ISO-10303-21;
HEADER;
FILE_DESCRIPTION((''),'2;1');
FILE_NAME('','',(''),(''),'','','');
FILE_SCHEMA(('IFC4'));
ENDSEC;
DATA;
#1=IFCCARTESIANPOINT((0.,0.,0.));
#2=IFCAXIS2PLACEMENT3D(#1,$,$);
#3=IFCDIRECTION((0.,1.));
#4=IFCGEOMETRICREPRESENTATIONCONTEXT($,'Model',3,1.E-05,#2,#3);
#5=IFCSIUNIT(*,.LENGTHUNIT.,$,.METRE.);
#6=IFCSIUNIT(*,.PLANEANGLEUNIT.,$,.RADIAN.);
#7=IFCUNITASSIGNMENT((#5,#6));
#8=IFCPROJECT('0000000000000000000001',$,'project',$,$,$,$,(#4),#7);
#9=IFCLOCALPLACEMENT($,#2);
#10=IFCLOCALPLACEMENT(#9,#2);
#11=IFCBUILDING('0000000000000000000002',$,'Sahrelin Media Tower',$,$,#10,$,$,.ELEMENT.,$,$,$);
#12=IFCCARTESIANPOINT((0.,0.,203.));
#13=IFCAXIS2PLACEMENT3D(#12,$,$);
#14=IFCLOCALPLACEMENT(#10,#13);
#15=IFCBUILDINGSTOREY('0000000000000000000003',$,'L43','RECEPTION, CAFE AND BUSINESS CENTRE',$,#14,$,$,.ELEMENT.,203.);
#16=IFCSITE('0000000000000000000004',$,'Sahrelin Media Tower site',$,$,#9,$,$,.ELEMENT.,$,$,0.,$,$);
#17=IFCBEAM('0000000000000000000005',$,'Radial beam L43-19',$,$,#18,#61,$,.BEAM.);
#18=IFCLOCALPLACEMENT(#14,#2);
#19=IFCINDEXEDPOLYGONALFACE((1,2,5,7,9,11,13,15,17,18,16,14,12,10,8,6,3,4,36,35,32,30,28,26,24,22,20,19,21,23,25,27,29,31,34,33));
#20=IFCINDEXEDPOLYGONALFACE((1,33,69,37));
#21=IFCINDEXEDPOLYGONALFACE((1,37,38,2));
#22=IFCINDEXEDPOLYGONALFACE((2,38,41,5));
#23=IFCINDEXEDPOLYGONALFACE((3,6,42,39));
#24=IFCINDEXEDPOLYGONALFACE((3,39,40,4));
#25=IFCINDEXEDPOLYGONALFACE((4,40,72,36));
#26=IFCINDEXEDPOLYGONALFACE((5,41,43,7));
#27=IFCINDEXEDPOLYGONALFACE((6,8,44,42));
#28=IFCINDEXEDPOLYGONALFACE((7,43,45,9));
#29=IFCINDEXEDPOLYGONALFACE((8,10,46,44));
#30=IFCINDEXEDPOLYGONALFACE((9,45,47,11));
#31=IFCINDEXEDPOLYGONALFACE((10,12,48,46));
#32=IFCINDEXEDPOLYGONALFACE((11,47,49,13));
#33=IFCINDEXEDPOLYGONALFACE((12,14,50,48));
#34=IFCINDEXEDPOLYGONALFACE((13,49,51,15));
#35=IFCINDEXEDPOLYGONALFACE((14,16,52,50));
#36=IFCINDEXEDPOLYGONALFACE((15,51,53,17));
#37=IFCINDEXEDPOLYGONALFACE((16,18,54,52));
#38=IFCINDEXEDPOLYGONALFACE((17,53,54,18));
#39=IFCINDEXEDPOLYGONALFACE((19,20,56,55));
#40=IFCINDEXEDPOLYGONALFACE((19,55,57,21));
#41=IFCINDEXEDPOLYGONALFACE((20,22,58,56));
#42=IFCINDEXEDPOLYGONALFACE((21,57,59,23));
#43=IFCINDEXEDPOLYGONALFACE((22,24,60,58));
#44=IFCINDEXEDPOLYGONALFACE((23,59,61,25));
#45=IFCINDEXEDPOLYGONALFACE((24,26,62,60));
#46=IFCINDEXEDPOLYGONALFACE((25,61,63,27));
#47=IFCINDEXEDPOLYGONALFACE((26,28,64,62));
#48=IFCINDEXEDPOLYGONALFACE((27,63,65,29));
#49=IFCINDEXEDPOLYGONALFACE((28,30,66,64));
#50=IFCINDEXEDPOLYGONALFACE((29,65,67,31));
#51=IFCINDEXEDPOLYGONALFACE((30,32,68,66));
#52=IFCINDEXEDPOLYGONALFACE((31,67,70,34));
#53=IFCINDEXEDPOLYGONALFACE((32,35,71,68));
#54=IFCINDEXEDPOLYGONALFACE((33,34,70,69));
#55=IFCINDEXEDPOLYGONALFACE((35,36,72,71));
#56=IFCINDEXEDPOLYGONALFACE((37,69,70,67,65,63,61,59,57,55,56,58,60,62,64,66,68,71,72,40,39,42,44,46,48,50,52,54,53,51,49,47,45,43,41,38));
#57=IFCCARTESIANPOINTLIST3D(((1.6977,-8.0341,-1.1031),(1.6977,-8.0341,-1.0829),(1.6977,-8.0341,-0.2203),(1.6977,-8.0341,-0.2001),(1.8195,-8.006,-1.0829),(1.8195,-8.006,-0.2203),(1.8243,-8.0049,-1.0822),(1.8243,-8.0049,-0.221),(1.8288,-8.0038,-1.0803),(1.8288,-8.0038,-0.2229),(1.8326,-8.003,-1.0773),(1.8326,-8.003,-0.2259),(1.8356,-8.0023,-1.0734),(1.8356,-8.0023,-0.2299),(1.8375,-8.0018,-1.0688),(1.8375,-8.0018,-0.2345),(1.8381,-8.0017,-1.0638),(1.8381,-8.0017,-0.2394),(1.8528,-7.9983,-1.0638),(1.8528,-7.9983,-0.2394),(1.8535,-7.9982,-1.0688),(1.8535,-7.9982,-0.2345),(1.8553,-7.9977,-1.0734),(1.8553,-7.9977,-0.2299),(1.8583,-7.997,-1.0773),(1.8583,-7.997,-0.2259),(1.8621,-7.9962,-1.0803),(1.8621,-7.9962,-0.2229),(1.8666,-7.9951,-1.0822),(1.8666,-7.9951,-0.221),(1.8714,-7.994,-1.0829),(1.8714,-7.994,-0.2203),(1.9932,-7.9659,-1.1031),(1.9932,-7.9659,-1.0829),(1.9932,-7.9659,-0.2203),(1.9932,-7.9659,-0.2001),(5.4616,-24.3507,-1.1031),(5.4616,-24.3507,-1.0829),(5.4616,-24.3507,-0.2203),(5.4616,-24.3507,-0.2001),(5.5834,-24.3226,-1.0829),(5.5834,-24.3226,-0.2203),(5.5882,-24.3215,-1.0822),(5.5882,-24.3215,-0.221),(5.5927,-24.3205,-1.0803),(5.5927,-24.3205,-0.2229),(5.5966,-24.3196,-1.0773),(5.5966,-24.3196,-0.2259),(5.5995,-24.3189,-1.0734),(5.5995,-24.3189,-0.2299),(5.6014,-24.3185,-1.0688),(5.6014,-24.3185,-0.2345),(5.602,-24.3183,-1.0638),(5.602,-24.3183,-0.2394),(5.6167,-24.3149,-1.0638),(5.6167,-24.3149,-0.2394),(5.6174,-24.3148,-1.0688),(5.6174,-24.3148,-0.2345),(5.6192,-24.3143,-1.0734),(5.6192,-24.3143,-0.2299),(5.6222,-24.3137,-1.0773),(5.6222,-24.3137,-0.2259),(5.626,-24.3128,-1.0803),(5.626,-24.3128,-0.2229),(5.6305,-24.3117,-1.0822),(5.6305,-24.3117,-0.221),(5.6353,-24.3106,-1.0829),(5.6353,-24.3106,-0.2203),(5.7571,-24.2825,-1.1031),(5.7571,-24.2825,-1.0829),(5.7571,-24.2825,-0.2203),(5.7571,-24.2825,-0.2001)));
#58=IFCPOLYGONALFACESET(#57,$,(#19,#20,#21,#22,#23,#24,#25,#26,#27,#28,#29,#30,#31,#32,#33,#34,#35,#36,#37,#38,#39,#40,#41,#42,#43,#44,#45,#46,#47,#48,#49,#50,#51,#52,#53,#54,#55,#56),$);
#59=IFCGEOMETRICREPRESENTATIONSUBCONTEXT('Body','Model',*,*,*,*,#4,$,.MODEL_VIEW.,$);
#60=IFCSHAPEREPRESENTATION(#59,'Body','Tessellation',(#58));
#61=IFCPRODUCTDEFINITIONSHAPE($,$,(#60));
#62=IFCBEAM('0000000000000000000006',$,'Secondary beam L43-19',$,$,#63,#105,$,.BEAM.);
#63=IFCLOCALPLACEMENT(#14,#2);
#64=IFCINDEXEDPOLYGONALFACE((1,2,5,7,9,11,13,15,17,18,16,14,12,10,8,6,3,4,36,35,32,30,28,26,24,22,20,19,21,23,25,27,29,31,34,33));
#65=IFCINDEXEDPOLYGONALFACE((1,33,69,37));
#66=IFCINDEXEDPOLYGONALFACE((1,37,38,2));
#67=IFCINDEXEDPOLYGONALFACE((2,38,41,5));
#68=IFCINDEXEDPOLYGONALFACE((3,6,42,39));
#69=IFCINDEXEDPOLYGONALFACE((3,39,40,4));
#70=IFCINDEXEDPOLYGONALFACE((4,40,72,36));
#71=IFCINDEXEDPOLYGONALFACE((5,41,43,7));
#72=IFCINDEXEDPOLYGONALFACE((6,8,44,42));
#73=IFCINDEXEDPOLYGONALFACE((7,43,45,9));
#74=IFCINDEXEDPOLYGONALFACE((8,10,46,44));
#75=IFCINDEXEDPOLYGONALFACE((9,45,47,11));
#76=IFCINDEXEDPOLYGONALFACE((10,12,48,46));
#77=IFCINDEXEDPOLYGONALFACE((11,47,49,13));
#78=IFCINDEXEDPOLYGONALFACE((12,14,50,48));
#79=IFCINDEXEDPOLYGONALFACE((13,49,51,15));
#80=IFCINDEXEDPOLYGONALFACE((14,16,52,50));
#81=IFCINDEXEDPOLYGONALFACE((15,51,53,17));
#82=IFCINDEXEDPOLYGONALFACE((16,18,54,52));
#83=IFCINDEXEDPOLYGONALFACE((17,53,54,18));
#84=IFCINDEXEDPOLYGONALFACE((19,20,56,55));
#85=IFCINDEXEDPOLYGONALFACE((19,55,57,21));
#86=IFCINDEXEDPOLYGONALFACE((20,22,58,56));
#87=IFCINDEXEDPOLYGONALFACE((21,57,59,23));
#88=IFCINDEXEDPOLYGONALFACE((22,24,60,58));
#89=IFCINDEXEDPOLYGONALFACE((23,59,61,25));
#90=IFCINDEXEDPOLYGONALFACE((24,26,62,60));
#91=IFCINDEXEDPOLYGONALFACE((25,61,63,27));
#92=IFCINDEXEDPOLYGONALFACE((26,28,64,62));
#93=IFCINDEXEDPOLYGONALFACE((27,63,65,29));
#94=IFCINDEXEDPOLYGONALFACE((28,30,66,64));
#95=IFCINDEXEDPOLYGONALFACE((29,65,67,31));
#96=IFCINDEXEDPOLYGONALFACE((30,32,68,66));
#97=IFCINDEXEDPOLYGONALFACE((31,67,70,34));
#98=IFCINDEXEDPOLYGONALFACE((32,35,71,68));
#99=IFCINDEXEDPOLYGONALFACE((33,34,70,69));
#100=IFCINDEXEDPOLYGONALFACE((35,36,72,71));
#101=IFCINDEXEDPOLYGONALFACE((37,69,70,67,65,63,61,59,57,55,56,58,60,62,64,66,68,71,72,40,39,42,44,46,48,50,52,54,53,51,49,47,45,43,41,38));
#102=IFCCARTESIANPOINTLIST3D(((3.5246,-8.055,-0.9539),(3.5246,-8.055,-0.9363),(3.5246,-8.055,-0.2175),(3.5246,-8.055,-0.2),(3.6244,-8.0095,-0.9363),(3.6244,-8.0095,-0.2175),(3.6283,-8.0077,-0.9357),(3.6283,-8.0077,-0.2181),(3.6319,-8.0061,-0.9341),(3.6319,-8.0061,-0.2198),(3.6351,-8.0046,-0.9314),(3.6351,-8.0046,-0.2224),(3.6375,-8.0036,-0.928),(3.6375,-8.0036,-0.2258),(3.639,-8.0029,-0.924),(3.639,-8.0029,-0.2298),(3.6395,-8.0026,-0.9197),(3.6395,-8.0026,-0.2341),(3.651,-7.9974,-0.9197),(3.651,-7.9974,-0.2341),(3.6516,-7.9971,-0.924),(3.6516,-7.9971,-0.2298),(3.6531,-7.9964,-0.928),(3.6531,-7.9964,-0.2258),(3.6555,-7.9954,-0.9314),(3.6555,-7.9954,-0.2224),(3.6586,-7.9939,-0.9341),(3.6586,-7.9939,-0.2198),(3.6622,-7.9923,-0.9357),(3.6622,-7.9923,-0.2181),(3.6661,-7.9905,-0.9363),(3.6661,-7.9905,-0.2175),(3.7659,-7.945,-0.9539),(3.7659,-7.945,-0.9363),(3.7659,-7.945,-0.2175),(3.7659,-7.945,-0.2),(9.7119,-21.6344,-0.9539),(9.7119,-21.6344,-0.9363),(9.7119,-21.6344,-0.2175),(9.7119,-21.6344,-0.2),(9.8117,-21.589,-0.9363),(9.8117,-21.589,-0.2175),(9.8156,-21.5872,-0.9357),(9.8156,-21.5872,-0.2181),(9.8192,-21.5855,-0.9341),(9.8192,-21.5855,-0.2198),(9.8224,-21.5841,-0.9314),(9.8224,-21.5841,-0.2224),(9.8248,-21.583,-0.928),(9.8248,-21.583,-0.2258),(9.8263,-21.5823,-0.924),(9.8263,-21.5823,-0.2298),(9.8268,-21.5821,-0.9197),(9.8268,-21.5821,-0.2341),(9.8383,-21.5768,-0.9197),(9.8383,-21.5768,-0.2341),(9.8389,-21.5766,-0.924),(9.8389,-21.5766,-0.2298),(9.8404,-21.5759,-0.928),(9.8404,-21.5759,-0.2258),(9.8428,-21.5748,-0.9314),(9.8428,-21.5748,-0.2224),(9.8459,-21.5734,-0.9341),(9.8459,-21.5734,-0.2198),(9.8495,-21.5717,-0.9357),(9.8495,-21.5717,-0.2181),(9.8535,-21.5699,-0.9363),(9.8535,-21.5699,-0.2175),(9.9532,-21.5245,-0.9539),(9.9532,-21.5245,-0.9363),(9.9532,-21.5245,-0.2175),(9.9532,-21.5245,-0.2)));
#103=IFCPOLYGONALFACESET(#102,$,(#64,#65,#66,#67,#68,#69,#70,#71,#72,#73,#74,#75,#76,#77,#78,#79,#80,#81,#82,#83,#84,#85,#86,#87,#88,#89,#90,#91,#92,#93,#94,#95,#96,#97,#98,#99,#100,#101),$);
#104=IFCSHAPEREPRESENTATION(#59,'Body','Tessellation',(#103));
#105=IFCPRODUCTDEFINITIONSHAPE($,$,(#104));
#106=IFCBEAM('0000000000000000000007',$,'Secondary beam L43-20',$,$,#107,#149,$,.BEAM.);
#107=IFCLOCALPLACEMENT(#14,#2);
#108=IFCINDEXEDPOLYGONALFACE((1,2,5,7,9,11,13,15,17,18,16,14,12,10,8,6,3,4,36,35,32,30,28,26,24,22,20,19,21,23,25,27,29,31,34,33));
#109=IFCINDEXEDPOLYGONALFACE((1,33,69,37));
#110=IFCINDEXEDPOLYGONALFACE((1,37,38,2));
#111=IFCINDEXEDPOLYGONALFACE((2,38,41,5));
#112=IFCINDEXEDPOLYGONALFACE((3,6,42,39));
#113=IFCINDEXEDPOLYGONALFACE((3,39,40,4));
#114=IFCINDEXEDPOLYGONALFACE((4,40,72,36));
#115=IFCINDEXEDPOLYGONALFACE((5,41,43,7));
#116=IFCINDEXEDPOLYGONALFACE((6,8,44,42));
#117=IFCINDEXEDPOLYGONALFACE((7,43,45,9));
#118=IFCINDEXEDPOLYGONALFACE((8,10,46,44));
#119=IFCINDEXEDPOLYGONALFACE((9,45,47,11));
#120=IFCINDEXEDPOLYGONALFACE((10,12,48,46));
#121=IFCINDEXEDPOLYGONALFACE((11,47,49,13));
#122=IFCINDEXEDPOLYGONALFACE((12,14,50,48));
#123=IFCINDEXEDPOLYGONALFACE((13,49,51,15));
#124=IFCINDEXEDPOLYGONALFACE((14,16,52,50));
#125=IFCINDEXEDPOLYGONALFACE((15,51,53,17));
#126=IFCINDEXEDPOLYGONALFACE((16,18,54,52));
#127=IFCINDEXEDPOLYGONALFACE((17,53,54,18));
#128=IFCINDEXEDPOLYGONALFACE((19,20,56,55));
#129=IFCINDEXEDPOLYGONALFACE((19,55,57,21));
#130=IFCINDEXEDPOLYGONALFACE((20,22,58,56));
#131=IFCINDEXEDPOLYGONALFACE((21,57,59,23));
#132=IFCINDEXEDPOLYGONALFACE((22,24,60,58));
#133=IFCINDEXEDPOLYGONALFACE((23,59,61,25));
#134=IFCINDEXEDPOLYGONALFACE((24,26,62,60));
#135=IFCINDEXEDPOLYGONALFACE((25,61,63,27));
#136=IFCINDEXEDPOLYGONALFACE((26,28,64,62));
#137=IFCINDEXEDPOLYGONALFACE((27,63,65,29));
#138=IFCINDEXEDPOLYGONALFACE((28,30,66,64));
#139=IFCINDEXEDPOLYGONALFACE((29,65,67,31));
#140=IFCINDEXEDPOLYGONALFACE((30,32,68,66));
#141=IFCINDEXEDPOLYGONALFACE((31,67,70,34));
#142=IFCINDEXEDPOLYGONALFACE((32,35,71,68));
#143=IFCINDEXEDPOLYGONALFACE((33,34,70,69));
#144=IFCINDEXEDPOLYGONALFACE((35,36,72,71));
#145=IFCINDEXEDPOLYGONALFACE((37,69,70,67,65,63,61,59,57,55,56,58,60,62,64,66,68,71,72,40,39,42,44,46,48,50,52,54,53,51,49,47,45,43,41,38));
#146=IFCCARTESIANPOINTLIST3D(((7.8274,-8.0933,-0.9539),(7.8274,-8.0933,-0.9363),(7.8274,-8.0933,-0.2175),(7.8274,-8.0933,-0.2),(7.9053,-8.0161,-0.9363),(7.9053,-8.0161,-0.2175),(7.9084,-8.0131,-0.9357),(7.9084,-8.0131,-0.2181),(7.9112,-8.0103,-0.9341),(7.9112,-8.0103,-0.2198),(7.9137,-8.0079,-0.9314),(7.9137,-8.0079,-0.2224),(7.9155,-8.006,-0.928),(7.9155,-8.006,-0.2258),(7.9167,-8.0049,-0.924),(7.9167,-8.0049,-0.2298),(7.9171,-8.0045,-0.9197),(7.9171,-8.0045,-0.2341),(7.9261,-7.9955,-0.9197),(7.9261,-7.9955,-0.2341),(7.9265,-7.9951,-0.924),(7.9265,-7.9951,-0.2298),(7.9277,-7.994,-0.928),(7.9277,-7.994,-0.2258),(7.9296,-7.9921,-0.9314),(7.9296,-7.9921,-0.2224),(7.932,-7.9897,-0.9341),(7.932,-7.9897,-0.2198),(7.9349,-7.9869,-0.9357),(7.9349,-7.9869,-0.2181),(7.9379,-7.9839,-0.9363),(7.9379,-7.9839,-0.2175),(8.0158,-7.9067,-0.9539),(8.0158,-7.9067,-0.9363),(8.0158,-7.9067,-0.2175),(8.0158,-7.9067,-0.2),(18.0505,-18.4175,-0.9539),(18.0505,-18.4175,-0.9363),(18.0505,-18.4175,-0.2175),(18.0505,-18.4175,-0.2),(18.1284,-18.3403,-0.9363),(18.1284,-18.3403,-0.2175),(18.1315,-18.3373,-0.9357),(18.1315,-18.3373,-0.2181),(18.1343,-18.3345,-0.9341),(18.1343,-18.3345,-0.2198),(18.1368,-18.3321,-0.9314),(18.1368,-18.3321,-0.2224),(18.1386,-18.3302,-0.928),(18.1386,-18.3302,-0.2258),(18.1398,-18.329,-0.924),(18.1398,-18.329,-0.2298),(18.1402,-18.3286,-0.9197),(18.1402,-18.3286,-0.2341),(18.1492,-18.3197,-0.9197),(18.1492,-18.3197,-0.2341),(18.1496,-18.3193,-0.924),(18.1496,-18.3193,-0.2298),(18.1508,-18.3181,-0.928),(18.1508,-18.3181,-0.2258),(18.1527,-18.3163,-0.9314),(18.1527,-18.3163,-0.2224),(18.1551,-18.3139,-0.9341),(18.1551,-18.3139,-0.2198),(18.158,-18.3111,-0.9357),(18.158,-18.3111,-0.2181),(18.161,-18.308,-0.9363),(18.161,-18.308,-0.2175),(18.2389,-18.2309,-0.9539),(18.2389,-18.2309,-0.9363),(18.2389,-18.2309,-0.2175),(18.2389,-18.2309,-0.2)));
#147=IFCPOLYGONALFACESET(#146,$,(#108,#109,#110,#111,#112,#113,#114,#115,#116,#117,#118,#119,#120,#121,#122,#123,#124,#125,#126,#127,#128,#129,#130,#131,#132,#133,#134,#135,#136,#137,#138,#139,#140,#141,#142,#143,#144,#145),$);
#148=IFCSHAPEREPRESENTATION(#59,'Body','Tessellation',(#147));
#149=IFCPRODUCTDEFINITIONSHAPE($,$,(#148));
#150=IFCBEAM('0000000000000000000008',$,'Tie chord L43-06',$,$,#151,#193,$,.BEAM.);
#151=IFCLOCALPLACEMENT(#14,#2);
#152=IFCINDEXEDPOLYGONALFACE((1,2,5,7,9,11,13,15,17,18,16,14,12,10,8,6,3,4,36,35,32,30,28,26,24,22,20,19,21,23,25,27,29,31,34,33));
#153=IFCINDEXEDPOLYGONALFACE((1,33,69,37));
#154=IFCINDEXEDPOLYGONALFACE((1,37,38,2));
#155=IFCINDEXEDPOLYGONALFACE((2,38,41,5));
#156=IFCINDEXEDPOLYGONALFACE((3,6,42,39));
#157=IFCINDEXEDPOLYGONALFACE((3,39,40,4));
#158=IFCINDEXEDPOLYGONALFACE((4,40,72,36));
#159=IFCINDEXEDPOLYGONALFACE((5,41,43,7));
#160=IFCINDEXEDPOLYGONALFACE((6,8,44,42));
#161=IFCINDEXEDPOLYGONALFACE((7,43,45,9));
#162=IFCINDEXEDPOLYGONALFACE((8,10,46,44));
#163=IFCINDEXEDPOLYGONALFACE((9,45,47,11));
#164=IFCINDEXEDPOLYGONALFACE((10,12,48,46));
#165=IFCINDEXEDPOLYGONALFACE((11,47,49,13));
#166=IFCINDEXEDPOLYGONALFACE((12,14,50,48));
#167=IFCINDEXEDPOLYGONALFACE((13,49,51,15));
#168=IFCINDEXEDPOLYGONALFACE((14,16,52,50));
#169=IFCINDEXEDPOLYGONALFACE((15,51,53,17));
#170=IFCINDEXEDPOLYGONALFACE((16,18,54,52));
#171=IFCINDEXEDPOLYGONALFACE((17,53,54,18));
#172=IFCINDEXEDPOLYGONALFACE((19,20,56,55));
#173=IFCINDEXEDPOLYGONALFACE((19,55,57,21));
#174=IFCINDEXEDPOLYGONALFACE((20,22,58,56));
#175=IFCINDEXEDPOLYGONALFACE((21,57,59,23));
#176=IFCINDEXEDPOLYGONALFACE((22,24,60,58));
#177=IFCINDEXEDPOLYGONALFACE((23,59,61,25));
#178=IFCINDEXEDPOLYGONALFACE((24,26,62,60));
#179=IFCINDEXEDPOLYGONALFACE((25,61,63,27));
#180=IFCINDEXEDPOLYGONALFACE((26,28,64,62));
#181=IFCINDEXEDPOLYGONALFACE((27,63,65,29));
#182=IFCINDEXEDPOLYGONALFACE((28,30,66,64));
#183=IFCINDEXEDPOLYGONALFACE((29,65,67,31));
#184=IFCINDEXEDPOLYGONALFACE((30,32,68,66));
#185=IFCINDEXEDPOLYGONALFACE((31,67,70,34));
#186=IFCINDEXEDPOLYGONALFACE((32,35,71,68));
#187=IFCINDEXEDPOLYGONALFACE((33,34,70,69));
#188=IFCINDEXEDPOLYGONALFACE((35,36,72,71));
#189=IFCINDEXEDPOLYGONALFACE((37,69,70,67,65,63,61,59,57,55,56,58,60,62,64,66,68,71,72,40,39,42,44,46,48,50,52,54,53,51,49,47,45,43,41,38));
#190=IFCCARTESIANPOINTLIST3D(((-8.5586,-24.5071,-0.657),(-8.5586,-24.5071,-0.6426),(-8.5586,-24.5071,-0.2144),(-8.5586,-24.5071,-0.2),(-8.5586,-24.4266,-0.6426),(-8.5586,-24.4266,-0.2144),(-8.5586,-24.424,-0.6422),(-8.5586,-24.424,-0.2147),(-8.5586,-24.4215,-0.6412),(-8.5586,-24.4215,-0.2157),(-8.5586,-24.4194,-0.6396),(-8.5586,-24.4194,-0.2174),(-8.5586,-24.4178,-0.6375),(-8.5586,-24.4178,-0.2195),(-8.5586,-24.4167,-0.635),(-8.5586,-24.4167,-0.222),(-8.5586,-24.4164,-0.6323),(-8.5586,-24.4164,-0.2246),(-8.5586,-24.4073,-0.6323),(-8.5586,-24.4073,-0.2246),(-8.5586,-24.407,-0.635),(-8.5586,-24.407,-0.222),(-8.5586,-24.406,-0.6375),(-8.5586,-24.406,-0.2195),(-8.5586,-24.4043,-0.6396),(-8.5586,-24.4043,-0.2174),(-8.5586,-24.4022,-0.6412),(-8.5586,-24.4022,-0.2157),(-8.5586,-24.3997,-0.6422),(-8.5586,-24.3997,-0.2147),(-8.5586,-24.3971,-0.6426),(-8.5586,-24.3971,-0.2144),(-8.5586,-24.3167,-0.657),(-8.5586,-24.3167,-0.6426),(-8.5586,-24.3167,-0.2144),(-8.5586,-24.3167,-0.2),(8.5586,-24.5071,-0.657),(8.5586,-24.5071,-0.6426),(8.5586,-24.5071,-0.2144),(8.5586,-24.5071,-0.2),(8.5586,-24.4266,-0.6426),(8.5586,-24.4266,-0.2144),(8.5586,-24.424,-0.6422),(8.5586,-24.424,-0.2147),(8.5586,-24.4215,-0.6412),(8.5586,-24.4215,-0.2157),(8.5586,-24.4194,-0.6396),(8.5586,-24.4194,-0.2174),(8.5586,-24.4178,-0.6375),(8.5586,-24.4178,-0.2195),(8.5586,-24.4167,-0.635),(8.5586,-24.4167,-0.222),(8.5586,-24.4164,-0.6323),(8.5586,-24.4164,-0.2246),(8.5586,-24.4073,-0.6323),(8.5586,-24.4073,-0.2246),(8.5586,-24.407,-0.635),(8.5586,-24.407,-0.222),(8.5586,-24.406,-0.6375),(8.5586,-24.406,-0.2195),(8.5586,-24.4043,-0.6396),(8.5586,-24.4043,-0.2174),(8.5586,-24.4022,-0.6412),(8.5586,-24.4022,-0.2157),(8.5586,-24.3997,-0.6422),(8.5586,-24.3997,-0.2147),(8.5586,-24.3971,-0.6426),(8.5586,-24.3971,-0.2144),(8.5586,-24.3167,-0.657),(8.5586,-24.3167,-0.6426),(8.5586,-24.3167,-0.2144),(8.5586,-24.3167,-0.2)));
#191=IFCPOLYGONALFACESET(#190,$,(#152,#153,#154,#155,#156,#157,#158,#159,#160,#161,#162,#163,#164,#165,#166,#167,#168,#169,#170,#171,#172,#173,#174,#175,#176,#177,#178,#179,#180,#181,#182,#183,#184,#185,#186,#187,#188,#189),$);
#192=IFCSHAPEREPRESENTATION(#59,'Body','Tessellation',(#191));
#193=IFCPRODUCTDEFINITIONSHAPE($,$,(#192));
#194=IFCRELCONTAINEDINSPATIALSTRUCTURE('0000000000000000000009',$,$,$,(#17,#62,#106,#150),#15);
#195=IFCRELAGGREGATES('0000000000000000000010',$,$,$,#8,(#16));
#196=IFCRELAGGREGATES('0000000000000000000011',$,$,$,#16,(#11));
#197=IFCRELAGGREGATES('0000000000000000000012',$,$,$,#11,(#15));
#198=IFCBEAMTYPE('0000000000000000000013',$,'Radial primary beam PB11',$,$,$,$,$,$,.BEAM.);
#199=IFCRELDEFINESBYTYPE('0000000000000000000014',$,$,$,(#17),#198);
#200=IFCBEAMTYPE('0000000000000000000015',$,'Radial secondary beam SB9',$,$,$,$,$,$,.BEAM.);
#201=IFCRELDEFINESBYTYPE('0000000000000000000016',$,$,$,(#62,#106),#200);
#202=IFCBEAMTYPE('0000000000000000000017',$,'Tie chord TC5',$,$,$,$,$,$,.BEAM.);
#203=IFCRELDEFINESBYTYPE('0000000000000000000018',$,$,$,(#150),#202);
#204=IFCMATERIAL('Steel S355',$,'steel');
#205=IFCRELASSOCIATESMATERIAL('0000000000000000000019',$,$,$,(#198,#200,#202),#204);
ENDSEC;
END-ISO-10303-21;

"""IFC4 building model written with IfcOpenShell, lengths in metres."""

from ifc_helpers import new_model, si_unit, direction, frame, origin, origin_2d, place, context, subcontext, project, spatial, i_section, extrude, material, material_profile, profile_set, type_object, element, save


model = new_model("IFC4")

# Units and contexts
model_context = context("Model", 3, precision=1e-05, world=origin(), true_north=direction((0.0, 1.0)))
body_context = subcontext(model_context, "Body", "Model", "MODEL_VIEW")
ifc_project = project(units=[si_unit("LENGTHUNIT", "METRE"), si_unit("PLANEANGLEUNIT", "RADIAN")], contexts=[model_context])

# Site, building, storey
site_placement = place(None, origin())
site = spatial("IfcSite", under=ifc_project, at=site_placement, Name="Sahrelin Media Tower site", CompositionType="ELEMENT", RefElevation=0.0)
building_placement = place(site_placement, origin())
building = spatial("IfcBuilding", under=site, at=building_placement, Name="Sahrelin Media Tower", CompositionType="ELEMENT")
storey_placement = place(building_placement, frame((0.0, 0.0, 203.0)))
storey = spatial("IfcBuildingStorey", under=building, at=storey_placement, Name="L43", Description="RECEPTION, CAFE AND BUSINESS CENTRE", CompositionType="ELEMENT", Elevation=203.0)

# Shared definitions
ifc_material_1 = material(Name="Steel S355", Category="steel")

# Beams
ifc_material_profile_1 = material_profile(ifc_material_1, i_section(OverallWidth=0.3032, OverallDepth=0.9031, WebThickness=0.0151, FlangeThickness=0.0203, FilletRadius=0.019, at=origin_2d()), Name="UB 914x305x201")
ifc_profile_set_1 = profile_set([ifc_material_profile_1], Name="Steel S355")
beam_type_1 = type_object("IfcBeamType", Name="Radial primary beam PB11", PredefinedType="BEAM", material=ifc_profile_set_1)
beam_1_placement = place(storey_placement, frame((1.8455, -8.0, -0.6516), z_axis=(0.224776, -0.97441, 0.0), x_axis=(0.97441, 0.224776, 0.0)))
element("IfcBeam", 1, at=beam_1_placement, inside=storey, type_object=beam_type_1, Name="Radial beam L43-19", PredefinedType="BEAM", context=body_context, shape_type="SweptSolid", body=[
    extrude(i_section(OverallWidth=0.3032, OverallDepth=0.9031, WebThickness=0.0151, FlangeThickness=0.0203, FilletRadius=0.019, at=origin_2d()), origin(), (0.0, 0.0, 1.0), 16.7451),
])
ifc_material_profile_2 = material_profile(ifc_material_1, i_section(OverallWidth=0.2651, OverallDepth=0.7539, WebThickness=0.0127, FlangeThickness=0.0176, FilletRadius=0.0166, at=origin_2d()), Name="UB 762x267x147")
ifc_profile_set_2 = profile_set([ifc_material_profile_2], Name="Steel S355")
beam_type_2 = type_object("IfcBeamType", Name="Radial secondary beam SB9", PredefinedType="BEAM", material=ifc_profile_set_2)
beam_2_placement = place(storey_placement, frame((3.6453, -8.0, -0.5769), z_axis=(0.414626, -0.909992, 0.0), x_axis=(0.909992, 0.414626, 0.0)))
element("IfcBeam", 2, at=beam_2_placement, inside=storey, type_object=beam_type_2, Name="Secondary beam L43-19", PredefinedType="BEAM", context=body_context, shape_type="SweptSolid", body=[
    extrude(i_section(OverallWidth=0.2651, OverallDepth=0.7539, WebThickness=0.0127, FlangeThickness=0.0176, FilletRadius=0.0166, at=origin_2d()), origin(), (0.0, 0.0, 1.0), 14.9226),
])
beam_3_placement = place(storey_placement, frame((7.9216, -8.0, -0.5769), z_axis=(0.70362, -0.710577, 0.0), x_axis=(0.710577, 0.70362, 0.0)))
element("IfcBeam", 3, at=beam_3_placement, inside=storey, type_object=beam_type_2, Name="Secondary beam L43-20", PredefinedType="BEAM", context=body_context, shape_type="SweptSolid", body=[
    extrude(i_section(OverallWidth=0.2651, OverallDepth=0.7539, WebThickness=0.0127, FlangeThickness=0.0176, FilletRadius=0.0166, at=origin_2d()), origin(), (0.0, 0.0, 1.0), 14.5293),
])
ifc_material_profile_3 = material_profile(ifc_material_1, i_section(OverallWidth=0.1904, OverallDepth=0.457, WebThickness=0.009, FlangeThickness=0.0144, FilletRadius=0.0103, at=origin_2d()), Name="UB 457x191x74")
ifc_profile_set_3 = profile_set([ifc_material_profile_3], Name="Steel S355")
beam_type_3 = type_object("IfcBeamType", Name="Tie chord TC5", PredefinedType="BEAM", material=ifc_profile_set_3)
beam_4_placement = place(storey_placement, frame((8.5586, -24.4119, -0.4285), z_axis=(-1.0, 0.0, 0.0), x_axis=(0.0, -1.0, 0.0)))
element("IfcBeam", 4, at=beam_4_placement, inside=storey, type_object=beam_type_3, Name="Tie chord L43-06", PredefinedType="BEAM", context=body_context, shape_type="SweptSolid", body=[
    extrude(i_section(OverallWidth=0.1904, OverallDepth=0.457, WebThickness=0.009, FlangeThickness=0.0144, FilletRadius=0.0103, at=origin_2d()), origin(), (0.0, 0.0, 1.0), 17.1172),
])

save(model, "model.ifc")
